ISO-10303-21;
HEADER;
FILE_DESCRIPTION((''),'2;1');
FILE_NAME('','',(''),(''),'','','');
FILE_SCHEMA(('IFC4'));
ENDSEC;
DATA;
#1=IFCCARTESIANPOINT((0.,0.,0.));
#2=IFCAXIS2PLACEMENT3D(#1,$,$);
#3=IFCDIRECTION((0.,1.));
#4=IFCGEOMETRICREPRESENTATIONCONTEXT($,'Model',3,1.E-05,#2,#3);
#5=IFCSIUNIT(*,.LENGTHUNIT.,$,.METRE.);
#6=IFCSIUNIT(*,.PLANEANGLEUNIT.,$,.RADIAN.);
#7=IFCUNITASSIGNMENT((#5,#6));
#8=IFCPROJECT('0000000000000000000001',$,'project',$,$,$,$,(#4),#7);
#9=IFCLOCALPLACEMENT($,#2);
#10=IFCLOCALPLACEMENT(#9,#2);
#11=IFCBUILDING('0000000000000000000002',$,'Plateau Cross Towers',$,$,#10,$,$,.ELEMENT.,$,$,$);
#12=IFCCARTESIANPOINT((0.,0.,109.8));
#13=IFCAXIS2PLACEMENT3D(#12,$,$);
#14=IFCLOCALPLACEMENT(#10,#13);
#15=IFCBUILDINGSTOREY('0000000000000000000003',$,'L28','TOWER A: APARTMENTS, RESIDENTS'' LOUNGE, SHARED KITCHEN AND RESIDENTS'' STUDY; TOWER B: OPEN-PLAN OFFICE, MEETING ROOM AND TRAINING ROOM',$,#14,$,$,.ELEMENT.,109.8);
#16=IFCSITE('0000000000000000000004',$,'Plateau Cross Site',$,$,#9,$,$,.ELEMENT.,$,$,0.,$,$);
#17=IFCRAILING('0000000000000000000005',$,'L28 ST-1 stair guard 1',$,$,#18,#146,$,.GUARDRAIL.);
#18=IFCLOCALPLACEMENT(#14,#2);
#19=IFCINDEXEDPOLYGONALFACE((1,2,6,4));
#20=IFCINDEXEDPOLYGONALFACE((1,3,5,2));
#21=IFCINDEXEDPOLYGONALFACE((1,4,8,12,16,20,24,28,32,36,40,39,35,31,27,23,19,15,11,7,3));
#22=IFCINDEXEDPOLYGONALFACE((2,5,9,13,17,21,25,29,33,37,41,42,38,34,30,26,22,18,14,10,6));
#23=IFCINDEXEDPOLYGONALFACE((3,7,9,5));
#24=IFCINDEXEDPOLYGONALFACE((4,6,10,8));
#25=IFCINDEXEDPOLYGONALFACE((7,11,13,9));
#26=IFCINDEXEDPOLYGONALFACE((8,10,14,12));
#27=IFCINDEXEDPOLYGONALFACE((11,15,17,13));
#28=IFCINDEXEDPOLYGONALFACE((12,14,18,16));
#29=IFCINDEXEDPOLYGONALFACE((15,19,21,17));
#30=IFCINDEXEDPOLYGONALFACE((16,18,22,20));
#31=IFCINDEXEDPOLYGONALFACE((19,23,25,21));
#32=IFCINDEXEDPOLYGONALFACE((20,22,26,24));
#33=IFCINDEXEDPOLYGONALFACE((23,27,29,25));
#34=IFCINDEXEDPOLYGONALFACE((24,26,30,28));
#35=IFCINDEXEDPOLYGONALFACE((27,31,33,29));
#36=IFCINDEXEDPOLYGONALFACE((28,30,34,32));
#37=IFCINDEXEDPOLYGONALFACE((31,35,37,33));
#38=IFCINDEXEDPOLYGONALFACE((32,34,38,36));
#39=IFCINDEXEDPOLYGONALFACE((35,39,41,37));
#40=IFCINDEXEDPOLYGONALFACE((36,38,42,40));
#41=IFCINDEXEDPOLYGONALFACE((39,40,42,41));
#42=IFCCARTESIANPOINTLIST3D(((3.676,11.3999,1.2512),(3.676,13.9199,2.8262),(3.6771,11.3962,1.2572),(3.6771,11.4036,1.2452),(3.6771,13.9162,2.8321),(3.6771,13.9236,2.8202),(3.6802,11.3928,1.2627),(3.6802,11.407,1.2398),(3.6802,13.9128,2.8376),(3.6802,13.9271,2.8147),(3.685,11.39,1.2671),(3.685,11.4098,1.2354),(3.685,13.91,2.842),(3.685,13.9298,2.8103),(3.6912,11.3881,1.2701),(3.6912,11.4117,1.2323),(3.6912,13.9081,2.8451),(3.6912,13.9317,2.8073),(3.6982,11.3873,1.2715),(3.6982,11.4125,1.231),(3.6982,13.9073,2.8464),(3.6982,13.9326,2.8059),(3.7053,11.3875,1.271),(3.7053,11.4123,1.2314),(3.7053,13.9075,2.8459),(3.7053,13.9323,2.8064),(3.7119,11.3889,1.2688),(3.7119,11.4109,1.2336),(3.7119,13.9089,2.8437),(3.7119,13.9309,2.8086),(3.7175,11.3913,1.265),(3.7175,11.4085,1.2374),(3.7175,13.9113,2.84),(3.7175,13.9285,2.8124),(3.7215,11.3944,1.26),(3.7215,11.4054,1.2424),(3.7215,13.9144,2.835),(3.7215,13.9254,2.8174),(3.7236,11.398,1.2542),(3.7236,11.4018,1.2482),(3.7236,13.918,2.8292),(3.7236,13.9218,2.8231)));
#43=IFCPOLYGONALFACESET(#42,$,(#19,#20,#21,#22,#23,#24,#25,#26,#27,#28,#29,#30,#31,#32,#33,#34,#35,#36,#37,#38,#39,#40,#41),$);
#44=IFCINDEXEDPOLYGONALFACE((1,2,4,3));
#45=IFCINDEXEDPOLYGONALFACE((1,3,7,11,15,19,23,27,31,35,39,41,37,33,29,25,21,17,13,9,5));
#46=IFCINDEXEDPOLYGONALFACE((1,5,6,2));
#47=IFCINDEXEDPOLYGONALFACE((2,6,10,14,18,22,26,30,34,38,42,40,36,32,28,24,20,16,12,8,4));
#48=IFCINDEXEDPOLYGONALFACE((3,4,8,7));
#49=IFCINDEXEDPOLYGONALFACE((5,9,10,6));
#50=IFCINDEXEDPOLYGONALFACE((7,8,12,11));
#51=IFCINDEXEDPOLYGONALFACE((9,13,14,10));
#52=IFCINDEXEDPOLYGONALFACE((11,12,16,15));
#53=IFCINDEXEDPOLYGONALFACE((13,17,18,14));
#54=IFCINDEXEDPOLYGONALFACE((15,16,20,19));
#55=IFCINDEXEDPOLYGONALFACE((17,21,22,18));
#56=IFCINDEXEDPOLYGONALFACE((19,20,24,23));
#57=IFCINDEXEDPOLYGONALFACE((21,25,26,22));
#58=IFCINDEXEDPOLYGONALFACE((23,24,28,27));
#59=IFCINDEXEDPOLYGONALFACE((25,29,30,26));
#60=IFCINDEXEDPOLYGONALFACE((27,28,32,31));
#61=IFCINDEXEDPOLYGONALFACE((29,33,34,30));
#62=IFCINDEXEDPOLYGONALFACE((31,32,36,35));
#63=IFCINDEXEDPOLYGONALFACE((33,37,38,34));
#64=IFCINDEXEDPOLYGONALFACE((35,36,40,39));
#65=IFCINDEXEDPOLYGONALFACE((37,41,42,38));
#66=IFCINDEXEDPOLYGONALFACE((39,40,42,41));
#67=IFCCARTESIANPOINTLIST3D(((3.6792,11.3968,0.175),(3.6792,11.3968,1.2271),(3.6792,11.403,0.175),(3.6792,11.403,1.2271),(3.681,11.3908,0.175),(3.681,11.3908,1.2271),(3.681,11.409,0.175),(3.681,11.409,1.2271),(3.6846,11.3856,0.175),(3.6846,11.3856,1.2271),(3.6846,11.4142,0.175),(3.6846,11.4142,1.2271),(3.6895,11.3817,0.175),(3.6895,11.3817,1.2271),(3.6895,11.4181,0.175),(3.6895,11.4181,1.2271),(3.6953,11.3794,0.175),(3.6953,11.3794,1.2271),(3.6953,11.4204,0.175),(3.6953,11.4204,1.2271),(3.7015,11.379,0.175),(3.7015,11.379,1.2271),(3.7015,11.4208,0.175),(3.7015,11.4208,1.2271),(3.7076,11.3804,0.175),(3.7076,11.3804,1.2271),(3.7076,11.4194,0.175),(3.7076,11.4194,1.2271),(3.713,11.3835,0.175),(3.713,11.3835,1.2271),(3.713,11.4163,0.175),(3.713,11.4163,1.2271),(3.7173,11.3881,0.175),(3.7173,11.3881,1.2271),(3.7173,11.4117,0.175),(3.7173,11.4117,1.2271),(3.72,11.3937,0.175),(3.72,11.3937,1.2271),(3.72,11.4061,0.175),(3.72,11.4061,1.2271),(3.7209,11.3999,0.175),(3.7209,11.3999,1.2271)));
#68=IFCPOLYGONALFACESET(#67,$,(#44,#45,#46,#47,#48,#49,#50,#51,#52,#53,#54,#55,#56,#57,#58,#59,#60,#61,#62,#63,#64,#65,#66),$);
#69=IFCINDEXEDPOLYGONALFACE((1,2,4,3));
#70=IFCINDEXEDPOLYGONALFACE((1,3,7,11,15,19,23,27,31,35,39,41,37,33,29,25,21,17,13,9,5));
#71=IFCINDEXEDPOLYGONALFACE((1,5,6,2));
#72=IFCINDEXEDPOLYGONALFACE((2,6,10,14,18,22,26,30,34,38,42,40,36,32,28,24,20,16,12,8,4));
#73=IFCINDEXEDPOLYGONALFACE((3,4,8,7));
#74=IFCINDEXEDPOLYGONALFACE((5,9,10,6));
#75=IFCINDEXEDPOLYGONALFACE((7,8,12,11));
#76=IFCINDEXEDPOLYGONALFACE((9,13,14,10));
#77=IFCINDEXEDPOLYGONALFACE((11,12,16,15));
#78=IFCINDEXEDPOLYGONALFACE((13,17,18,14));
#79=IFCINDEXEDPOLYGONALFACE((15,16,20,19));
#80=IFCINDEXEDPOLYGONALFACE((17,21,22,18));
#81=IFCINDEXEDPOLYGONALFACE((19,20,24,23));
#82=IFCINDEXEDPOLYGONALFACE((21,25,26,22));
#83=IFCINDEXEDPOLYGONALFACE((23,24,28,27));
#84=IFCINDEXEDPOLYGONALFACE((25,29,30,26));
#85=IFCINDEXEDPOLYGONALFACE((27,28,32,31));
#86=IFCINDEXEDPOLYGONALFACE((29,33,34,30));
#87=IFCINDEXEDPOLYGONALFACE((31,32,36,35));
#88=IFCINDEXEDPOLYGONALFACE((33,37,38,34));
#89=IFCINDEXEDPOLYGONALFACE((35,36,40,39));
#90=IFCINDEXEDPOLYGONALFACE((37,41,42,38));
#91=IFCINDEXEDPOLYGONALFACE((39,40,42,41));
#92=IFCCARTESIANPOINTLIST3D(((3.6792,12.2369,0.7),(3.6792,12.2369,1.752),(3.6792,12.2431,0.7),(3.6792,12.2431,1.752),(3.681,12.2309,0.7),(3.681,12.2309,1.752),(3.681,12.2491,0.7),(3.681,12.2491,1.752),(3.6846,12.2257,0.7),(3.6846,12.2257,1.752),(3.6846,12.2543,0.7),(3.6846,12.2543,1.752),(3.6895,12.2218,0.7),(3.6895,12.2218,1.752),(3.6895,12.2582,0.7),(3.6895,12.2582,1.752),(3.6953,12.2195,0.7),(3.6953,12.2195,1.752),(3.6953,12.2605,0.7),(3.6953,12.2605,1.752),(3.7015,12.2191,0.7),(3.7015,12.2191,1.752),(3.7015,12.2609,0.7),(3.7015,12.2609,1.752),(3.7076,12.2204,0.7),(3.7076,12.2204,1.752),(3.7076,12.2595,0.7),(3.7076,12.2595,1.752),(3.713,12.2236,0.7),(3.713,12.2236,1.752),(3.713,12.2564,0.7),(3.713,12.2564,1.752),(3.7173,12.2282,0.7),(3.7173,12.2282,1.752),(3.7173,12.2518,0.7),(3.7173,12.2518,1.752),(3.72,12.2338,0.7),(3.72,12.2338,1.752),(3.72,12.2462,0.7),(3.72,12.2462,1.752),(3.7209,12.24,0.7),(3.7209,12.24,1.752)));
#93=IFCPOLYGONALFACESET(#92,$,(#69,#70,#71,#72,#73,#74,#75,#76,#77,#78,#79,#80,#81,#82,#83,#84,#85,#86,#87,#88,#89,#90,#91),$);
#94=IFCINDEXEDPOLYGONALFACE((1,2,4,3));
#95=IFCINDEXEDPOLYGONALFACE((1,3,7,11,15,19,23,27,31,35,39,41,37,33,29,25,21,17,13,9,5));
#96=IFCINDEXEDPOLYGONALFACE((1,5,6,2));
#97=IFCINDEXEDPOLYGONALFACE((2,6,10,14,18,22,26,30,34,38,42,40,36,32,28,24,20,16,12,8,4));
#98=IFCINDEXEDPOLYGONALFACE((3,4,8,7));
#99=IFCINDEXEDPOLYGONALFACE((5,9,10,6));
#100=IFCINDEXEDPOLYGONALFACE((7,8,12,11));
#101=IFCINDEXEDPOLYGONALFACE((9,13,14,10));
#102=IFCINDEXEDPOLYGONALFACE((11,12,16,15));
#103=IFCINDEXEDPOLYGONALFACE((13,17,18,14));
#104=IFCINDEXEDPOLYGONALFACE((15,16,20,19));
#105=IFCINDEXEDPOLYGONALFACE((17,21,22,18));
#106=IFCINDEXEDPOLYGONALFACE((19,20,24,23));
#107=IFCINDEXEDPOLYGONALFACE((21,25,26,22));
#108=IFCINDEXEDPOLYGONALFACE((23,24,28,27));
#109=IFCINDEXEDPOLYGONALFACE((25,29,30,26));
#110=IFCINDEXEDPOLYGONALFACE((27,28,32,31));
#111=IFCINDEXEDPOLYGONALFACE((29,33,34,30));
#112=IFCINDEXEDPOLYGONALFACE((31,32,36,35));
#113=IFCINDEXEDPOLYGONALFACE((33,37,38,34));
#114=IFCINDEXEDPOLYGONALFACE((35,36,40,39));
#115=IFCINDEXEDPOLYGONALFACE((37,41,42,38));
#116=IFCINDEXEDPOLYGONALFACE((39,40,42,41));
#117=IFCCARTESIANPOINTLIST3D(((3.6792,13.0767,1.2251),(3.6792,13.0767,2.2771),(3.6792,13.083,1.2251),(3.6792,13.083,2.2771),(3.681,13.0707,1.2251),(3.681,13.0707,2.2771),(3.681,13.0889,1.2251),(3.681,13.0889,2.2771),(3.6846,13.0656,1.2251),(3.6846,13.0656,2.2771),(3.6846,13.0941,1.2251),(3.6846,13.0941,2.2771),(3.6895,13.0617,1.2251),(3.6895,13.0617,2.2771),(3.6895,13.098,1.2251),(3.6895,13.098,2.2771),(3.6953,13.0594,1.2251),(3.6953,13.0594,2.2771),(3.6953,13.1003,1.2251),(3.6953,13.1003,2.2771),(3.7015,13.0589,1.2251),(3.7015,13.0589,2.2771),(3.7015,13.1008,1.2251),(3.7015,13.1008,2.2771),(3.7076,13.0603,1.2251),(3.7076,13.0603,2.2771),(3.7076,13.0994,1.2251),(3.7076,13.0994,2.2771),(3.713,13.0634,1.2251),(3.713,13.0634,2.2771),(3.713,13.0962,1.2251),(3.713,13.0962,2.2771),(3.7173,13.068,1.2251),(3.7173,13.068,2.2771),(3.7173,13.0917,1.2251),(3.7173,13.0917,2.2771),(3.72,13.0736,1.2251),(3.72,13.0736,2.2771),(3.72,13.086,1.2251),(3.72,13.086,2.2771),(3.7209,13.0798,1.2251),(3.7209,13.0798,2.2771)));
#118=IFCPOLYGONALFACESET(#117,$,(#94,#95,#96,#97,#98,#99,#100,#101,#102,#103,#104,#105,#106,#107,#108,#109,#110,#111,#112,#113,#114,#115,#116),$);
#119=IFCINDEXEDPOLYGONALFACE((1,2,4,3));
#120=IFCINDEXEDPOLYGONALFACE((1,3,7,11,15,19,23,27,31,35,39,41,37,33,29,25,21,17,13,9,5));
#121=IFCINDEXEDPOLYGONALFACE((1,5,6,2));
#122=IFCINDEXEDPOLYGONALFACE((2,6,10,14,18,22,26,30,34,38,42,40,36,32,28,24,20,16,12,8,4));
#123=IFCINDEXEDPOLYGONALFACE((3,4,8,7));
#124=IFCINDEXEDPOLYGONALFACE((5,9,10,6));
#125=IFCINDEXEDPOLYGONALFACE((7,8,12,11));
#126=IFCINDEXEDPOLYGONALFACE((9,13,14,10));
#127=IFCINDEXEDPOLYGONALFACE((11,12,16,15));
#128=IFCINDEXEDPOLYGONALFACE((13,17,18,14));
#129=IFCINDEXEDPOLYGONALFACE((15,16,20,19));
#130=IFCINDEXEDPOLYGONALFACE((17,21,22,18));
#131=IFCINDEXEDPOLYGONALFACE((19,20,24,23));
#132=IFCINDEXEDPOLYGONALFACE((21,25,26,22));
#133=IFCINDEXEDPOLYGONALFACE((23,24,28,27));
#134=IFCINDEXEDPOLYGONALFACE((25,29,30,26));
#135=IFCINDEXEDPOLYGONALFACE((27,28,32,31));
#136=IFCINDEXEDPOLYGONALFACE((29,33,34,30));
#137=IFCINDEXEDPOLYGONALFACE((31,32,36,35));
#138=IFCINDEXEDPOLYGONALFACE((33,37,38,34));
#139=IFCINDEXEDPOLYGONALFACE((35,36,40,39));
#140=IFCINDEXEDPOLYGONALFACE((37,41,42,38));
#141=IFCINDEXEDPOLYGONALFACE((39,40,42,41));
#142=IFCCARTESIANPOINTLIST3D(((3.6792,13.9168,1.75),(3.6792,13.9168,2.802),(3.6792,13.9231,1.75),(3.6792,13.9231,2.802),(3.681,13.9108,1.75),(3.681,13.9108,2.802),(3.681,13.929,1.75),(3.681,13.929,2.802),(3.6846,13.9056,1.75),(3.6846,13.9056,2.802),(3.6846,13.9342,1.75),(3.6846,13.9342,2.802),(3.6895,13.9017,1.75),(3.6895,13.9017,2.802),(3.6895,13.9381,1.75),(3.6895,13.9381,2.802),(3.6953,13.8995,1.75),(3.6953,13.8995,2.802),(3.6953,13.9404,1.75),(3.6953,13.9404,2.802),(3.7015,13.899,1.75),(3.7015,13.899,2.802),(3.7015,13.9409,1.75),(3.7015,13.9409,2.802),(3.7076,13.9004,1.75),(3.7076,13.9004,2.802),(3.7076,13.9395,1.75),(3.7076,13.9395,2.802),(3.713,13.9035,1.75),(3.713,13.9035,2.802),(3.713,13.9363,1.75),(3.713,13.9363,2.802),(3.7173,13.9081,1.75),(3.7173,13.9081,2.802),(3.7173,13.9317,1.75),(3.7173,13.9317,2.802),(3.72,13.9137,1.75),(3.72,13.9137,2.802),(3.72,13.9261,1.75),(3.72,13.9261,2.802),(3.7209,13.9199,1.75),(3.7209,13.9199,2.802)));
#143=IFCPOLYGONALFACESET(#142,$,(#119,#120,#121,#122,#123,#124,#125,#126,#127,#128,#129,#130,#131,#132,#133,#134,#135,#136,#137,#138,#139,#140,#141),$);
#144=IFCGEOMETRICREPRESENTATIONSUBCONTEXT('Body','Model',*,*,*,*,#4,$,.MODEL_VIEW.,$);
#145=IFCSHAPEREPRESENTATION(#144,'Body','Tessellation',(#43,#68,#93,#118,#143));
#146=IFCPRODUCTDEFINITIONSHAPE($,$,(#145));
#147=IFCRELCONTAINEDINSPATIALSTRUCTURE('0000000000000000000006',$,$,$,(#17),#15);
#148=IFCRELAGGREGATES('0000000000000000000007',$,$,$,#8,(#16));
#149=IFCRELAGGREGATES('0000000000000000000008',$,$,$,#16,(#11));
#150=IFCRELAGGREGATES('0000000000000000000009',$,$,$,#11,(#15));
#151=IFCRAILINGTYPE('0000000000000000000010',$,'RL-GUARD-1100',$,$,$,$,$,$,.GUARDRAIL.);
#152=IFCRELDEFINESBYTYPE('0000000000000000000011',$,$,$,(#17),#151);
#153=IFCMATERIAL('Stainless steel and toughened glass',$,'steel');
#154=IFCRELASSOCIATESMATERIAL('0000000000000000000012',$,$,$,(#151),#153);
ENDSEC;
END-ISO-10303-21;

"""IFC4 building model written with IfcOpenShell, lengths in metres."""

from ifc_helpers import new_model, si_unit, direction, frame, origin, origin_2d, place, context, subcontext, project, spatial, circle, extrude, material, type_object, element, save


model = new_model("IFC4")

# Units and contexts
model_context = context("Model", 3, precision=1e-05, world=origin(), true_north=direction((0.0, 1.0)))
body_context = subcontext(model_context, "Body", "Model", "MODEL_VIEW")
ifc_project = project(units=[si_unit("LENGTHUNIT", "METRE"), si_unit("PLANEANGLEUNIT", "RADIAN")], contexts=[model_context])

# Site, building, storey
site_placement = place(None, origin())
site = spatial("IfcSite", under=ifc_project, at=site_placement, Name="Plateau Cross Site", CompositionType="ELEMENT", RefElevation=0.0)
building_placement = place(site_placement, origin())
building = spatial("IfcBuilding", under=site, at=building_placement, Name="Plateau Cross Towers", CompositionType="ELEMENT")
storey_placement = place(building_placement, frame((0.0, 0.0, 109.8)))
storey = spatial("IfcBuildingStorey", under=building, at=storey_placement, Name="L28", Description="TOWER A: APARTMENTS, RESIDENTS' LOUNGE, SHARED KITCHEN AND RESIDENTS' STUDY; TOWER B: OPEN-PLAN OFFICE, MEETING ROOM AND TRAINING ROOM", CompositionType="ELEMENT", Elevation=109.8)

# Railing
ifc_material_1 = material(Name="Stainless steel and toughened glass", Category="steel")
railing_type = type_object("IfcRailingType", Name="RL-GUARD-1100", PredefinedType="GUARDRAIL", material=ifc_material_1)
railing_1_placement = place(storey_placement, frame((3.7, 11.3999, 0.175)))
element("IfcRailing", 1, at=railing_1_placement, inside=storey, type_object=railing_type, Name="L28 ST-1 stair guard 1", PredefinedType="GUARDRAIL", context=body_context, shape_type="SweptSolid", body=[
    extrude(circle(Radius=0.0239, at=origin_2d()), frame((0.0, 0.0, 1.0762), z_axis=(0.0, 0.848008, 0.529984), x_axis=(-1.0, 0.0, 0.0)), (0.0, 0.0, 1.0), 2.9717),
    extrude(circle(Radius=0.021, at=origin_2d()), origin(), (0.0, 0.0, 1.0), 1.052),
    extrude(circle(Radius=0.021, at=origin_2d()), frame((0.0, 0.8401, 0.5249)), (0.0, 0.0, 1.0), 1.052),
    extrude(circle(Radius=0.021, at=origin_2d()), frame((0.0, 1.6799, 1.05)), (0.0, 0.0, 1.0), 1.052),
    extrude(circle(Radius=0.021, at=origin_2d()), frame((0.0, 2.52, 1.575)), (0.0, 0.0, 1.0), 1.052),
])

save(model, "model.ifc")
